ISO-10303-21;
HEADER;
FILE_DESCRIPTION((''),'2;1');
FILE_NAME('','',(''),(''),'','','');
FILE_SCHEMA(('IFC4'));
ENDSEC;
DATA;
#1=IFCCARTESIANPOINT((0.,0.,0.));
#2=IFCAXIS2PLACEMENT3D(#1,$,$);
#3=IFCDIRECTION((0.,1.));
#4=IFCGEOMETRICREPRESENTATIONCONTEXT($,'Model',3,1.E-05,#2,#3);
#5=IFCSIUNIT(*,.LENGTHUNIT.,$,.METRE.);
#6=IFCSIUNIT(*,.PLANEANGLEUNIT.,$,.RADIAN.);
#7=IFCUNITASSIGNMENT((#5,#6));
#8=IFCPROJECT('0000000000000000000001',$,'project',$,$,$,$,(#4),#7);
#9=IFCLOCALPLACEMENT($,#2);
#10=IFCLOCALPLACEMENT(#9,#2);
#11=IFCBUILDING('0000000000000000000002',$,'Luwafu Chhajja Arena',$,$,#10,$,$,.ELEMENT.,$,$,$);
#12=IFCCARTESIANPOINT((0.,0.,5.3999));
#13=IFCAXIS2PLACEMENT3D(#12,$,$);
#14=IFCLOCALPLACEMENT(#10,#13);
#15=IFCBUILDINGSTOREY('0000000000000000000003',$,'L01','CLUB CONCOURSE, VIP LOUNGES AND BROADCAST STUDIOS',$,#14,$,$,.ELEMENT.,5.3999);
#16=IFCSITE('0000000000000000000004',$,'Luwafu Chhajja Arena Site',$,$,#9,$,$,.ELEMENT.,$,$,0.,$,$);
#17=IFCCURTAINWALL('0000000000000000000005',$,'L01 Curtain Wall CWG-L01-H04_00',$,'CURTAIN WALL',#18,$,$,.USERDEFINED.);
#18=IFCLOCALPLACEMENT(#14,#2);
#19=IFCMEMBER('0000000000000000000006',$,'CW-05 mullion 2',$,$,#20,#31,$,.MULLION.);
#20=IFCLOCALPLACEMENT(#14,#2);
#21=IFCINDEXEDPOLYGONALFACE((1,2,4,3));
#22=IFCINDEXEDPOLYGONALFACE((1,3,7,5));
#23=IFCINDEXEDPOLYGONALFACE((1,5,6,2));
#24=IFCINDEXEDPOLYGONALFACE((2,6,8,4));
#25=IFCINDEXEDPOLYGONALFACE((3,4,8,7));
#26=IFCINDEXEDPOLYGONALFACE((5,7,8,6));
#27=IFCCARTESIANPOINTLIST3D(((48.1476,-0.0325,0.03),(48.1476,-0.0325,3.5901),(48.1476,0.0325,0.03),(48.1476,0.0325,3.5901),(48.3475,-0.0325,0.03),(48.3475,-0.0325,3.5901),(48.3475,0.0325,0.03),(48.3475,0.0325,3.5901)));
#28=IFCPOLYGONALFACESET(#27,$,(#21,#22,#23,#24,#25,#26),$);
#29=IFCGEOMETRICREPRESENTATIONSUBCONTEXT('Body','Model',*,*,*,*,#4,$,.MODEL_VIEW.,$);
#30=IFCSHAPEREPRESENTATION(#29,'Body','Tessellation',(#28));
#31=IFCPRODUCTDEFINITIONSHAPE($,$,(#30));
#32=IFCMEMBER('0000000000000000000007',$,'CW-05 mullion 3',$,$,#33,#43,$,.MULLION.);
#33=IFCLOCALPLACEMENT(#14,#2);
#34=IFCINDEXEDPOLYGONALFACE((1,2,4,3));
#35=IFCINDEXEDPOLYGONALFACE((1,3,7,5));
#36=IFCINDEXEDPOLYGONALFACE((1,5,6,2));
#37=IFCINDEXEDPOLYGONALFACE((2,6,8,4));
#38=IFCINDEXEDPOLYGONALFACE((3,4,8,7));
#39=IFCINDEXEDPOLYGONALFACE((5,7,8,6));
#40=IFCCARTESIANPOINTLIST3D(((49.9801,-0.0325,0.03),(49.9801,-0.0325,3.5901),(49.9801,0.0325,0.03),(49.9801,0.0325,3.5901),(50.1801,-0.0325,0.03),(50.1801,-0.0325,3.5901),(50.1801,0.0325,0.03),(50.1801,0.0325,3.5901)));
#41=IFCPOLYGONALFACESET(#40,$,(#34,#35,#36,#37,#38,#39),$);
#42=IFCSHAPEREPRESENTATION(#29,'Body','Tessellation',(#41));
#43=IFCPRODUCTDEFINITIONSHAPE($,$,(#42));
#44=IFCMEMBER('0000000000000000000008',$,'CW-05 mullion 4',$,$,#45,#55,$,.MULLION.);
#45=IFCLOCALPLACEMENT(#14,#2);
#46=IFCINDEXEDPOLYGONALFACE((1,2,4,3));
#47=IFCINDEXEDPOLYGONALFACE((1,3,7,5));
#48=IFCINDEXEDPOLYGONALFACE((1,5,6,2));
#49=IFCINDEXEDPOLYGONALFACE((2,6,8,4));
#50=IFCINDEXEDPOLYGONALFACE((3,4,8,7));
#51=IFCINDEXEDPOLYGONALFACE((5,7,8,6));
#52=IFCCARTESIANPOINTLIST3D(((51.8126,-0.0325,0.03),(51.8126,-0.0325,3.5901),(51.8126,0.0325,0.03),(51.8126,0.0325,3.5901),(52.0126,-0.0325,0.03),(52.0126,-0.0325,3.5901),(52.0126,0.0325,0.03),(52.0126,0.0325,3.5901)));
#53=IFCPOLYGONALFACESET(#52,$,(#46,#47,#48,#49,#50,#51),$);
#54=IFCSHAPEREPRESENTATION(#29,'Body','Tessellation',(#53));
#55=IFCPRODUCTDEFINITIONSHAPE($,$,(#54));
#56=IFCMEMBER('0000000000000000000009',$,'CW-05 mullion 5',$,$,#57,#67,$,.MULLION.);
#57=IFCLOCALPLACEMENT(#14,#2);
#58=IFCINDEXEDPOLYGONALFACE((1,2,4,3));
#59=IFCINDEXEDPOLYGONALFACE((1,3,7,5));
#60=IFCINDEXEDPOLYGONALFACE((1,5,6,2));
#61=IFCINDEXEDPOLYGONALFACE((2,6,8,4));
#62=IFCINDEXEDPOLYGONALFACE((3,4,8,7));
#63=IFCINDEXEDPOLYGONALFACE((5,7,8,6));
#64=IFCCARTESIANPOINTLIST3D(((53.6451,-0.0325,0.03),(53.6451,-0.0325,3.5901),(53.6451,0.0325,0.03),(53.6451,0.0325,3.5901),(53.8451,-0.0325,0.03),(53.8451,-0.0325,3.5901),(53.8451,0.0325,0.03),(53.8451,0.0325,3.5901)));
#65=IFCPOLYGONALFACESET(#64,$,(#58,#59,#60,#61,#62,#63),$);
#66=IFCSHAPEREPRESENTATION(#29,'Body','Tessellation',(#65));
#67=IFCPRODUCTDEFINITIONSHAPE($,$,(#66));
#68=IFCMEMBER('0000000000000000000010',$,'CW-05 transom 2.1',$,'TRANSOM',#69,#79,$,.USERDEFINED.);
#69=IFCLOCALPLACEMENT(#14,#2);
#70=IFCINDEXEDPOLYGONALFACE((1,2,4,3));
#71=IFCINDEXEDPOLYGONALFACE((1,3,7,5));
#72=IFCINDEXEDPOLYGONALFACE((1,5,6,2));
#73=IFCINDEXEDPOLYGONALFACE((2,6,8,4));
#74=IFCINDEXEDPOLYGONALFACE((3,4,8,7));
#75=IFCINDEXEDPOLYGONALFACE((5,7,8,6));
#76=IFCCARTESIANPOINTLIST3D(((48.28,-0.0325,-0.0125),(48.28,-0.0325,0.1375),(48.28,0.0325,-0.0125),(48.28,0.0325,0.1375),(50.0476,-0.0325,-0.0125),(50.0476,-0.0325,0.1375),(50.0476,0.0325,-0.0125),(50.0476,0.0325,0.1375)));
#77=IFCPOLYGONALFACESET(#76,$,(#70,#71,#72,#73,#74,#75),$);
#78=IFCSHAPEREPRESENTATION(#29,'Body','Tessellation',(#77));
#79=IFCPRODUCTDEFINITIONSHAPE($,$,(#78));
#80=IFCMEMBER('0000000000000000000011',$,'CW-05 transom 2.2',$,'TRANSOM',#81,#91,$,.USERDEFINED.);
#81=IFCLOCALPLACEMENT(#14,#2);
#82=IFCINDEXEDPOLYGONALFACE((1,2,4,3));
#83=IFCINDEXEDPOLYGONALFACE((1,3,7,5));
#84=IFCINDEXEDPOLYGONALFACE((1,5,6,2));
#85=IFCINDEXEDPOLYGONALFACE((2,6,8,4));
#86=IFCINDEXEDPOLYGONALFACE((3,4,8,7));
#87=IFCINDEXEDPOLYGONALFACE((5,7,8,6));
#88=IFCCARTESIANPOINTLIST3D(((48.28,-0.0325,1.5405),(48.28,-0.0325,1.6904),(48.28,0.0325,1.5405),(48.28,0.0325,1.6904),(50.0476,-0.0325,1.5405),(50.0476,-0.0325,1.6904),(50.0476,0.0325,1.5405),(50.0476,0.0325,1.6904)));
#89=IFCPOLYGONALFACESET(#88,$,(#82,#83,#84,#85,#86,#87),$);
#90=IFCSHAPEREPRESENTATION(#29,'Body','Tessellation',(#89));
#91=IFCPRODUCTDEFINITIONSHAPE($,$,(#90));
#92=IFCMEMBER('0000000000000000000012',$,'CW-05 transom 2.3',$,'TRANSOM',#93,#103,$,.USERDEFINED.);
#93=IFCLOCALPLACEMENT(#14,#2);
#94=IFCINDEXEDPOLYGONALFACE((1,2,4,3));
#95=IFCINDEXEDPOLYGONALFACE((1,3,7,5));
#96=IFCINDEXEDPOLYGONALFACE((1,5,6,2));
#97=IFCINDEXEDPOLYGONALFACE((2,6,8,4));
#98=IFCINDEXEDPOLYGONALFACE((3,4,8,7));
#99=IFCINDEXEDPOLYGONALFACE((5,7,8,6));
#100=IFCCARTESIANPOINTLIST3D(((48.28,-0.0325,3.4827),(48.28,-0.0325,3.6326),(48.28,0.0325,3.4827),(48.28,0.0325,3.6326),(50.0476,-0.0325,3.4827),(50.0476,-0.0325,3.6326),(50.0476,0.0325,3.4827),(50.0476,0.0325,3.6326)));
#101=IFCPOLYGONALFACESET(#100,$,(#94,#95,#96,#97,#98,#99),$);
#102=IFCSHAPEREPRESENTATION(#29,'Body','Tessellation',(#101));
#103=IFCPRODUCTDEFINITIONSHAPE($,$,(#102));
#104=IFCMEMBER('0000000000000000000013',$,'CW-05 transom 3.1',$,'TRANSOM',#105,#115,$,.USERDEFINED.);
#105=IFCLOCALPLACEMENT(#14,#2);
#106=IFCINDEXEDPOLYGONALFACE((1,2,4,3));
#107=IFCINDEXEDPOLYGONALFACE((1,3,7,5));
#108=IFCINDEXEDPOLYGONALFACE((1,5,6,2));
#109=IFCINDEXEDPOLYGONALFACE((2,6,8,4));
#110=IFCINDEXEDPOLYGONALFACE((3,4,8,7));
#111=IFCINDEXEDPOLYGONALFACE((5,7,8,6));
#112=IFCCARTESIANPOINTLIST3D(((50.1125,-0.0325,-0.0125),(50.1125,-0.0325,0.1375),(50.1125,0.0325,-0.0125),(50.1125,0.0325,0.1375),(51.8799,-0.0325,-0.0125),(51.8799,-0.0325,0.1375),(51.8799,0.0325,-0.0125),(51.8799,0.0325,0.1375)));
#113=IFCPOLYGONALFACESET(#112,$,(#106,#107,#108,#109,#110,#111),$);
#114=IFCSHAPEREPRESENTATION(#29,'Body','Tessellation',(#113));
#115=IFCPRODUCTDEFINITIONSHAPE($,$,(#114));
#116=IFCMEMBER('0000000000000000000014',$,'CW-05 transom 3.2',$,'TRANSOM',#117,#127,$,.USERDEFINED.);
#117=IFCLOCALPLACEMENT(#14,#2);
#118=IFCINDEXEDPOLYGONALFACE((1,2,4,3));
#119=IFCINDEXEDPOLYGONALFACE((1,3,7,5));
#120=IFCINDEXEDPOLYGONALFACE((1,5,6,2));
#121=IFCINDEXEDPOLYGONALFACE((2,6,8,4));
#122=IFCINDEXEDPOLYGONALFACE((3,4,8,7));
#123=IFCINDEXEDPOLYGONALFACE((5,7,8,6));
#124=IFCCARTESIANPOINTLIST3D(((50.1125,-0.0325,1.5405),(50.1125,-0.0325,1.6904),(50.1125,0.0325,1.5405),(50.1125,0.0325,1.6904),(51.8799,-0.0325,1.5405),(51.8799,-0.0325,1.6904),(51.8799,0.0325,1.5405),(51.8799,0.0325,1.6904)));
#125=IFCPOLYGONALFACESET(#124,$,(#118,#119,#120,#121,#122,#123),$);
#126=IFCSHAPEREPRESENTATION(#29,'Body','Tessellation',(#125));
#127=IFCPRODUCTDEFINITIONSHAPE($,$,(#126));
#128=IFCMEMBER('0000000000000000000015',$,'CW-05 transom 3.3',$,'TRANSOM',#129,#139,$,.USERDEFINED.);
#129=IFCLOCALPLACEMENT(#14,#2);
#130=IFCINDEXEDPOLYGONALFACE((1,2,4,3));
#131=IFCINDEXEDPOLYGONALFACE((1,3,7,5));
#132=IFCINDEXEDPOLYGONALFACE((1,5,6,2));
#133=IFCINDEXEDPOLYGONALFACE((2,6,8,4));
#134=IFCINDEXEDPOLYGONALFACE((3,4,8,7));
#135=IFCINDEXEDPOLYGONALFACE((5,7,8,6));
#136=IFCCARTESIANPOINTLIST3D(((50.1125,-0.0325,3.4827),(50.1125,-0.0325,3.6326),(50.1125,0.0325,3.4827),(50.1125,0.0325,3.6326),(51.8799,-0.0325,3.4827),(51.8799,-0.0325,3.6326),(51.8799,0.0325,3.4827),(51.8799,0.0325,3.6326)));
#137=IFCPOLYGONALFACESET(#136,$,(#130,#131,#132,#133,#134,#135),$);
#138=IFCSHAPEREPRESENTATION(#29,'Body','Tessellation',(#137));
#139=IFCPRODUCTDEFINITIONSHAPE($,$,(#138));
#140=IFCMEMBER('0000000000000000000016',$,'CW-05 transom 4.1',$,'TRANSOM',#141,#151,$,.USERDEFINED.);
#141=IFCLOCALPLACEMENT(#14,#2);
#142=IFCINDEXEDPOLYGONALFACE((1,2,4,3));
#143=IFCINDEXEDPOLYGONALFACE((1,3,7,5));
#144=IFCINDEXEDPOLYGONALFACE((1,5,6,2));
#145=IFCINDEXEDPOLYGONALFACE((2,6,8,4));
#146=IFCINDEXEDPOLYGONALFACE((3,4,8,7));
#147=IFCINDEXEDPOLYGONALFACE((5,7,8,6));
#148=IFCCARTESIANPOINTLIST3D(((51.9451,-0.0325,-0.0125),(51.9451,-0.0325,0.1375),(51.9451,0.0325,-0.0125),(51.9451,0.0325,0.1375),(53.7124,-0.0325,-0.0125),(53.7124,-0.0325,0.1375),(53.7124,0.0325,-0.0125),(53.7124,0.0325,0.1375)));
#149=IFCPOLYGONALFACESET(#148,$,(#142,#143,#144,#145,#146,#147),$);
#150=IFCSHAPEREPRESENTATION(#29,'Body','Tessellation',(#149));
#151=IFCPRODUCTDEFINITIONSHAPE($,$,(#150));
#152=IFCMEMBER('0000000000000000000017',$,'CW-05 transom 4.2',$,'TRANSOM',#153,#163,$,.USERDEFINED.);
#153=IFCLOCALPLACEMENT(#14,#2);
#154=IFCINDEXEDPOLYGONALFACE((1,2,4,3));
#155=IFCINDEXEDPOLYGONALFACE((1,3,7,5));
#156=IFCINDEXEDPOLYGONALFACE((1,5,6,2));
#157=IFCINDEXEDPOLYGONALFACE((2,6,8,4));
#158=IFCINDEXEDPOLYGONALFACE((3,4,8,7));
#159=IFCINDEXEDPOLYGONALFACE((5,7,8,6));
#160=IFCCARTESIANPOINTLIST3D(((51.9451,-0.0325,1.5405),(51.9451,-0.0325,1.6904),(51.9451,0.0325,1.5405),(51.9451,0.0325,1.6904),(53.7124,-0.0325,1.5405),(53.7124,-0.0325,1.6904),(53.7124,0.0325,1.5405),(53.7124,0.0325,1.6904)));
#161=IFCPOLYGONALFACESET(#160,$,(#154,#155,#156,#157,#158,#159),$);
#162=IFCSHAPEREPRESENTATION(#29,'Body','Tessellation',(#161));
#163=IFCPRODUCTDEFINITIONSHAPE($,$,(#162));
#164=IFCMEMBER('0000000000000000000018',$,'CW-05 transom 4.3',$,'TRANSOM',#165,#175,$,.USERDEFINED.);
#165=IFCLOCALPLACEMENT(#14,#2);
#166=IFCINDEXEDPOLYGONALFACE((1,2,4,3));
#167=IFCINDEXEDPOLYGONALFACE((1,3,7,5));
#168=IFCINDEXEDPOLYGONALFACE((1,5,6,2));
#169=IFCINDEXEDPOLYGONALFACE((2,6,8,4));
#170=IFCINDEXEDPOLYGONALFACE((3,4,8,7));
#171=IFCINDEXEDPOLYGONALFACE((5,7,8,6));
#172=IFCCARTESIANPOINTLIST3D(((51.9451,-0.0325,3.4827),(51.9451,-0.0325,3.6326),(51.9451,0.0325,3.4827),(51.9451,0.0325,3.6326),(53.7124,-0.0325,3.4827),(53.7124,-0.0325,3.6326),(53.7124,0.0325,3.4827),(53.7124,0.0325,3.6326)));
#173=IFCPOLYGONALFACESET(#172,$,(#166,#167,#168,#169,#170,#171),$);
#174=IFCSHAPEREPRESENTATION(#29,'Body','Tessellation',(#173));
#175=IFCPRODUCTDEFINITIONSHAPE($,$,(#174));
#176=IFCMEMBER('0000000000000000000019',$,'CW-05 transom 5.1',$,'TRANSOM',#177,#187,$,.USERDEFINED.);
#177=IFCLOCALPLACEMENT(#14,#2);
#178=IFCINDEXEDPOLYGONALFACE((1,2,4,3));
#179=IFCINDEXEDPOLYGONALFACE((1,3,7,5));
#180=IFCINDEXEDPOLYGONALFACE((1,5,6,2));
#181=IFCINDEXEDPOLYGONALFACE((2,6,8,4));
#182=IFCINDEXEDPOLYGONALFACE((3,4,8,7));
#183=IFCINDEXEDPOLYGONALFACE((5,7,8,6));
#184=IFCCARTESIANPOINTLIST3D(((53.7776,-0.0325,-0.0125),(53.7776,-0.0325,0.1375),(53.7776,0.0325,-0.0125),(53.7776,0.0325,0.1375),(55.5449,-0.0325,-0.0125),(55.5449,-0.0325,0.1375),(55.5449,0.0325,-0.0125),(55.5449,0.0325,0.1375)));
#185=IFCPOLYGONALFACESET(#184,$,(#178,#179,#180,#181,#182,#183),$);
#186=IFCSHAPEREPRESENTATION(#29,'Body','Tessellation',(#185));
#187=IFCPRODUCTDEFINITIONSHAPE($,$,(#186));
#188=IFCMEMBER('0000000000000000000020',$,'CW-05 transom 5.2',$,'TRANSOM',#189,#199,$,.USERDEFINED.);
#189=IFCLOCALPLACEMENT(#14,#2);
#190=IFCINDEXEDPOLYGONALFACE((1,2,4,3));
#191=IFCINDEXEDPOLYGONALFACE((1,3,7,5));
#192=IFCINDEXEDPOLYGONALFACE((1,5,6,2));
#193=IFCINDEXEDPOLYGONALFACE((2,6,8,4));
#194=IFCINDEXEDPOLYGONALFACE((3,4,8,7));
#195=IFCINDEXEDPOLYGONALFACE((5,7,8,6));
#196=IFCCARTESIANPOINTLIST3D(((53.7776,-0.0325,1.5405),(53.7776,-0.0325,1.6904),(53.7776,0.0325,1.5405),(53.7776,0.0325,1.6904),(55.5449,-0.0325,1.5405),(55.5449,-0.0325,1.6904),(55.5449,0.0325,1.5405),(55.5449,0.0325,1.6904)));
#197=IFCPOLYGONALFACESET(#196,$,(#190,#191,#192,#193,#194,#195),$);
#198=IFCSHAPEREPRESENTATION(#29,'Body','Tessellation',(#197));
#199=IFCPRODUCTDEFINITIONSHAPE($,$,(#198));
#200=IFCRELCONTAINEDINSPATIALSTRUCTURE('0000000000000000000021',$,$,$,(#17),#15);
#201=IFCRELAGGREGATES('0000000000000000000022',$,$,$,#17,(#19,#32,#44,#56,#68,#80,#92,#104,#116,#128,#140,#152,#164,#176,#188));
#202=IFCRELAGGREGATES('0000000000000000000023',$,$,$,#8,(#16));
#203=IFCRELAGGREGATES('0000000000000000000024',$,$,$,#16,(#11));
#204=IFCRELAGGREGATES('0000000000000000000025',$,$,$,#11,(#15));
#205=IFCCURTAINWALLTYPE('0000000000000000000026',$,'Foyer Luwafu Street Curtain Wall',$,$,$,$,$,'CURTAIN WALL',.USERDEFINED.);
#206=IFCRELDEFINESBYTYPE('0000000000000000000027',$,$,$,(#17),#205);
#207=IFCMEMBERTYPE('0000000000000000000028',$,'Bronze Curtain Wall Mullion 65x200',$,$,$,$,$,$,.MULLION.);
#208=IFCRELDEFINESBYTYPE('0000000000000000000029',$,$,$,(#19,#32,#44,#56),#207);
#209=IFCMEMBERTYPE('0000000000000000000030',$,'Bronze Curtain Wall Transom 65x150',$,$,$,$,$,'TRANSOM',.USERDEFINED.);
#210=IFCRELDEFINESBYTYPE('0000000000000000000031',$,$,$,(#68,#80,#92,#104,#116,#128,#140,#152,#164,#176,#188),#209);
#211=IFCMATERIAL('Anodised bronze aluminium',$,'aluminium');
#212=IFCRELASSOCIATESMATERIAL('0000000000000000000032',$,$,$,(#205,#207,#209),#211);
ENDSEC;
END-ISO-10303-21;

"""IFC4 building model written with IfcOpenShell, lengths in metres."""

from ifc_helpers import new_model, si_unit, direction, frame, origin, origin_2d, place, context, subcontext, project, spatial, rectangle, extrude, material, material_profile, profile_set, type_object, element, aggregate, save


model = new_model("IFC4")

# Units and contexts
model_context = context("Model", 3, precision=1e-05, world=origin(), true_north=direction((0.0, 1.0)))
body_context = subcontext(model_context, "Body", "Model", "MODEL_VIEW")
ifc_project = project(units=[si_unit("LENGTHUNIT", "METRE"), si_unit("PLANEANGLEUNIT", "RADIAN")], contexts=[model_context])

# Site, building, storey
site_placement = place(None, origin())
site = spatial("IfcSite", under=ifc_project, at=site_placement, Name="Luwafu Chhajja Arena Site", CompositionType="ELEMENT", RefElevation=0.0)
building_placement = place(site_placement, origin())
building = spatial("IfcBuilding", under=site, at=building_placement, Name="Luwafu Chhajja Arena", CompositionType="ELEMENT")
storey_placement = place(building_placement, frame((0.0, 0.0, 5.3999)))
storey = spatial("IfcBuildingStorey", under=building, at=storey_placement, Name="L01", Description="CLUB CONCOURSE, VIP LOUNGES AND BROADCAST STUDIOS", CompositionType="ELEMENT", Elevation=5.3999)

# Curtain wall, members
ifc_material_1 = material(Name="Anodised bronze aluminium", Category="aluminium")
curtain_wall_type = type_object("IfcCurtainWallType", Name="Foyer Luwafu Street Curtain Wall", ElementType="CURTAIN WALL", PredefinedType="USERDEFINED", material=ifc_material_1)
curtain_wall_placement = place(storey_placement, origin())
curtain_wall = element("IfcCurtainWall", 1, at=curtain_wall_placement, inside=storey, type_object=curtain_wall_type, Name="L01 Curtain Wall CWG-L01-H04_00", ObjectType="CURTAIN WALL", PredefinedType="USERDEFINED")
ifc_material_profile_1 = material_profile(ifc_material_1, rectangle(XDim=0.0649, YDim=0.2, at=origin_2d()), Name="CWM 65x200")
ifc_profile_set_1 = profile_set([ifc_material_profile_1], Name="Anodised bronze aluminium")
member_type_1 = type_object("IfcMemberType", Name="Bronze Curtain Wall Mullion 65x200", PredefinedType="MULLION", material=ifc_profile_set_1)
member_1_placement = place(storey_placement, frame((48.2476, 0.0, 0.03), z_axis=(0.0, 0.0, 1.0), x_axis=(0.0, 1.0, 0.0)))
member_1 = element("IfcMember", 2, at=member_1_placement, type_object=member_type_1, Name="CW-05 mullion 2", PredefinedType="MULLION", context=body_context, shape_type="SweptSolid", body=[
    extrude(rectangle(XDim=0.0649, YDim=0.2, at=origin_2d()), origin(), (0.0, 0.0, 1.0), 3.5601),
])
member_2_placement = place(storey_placement, frame((50.0801, 0.0, 0.03), z_axis=(0.0, 0.0, 1.0), x_axis=(0.0, 1.0, 0.0)))
member_2 = element("IfcMember", 3, at=member_2_placement, type_object=member_type_1, Name="CW-05 mullion 3", PredefinedType="MULLION", context=body_context, shape_type="SweptSolid", body=[
    extrude(rectangle(XDim=0.0649, YDim=0.2, at=origin_2d()), origin(), (0.0, 0.0, 1.0), 3.5601),
])
member_3_placement = place(storey_placement, frame((51.9126, 0.0, 0.03), z_axis=(0.0, 0.0, 1.0), x_axis=(0.0, 1.0, 0.0)))
member_3 = element("IfcMember", 4, at=member_3_placement, type_object=member_type_1, Name="CW-05 mullion 4", PredefinedType="MULLION", context=body_context, shape_type="SweptSolid", body=[
    extrude(rectangle(XDim=0.0649, YDim=0.2, at=origin_2d()), origin(), (0.0, 0.0, 1.0), 3.5601),
])
member_4_placement = place(storey_placement, frame((53.7451, 0.0, 0.03), z_axis=(0.0, 0.0, 1.0), x_axis=(0.0, 1.0, 0.0)))
member_4 = element("IfcMember", 5, at=member_4_placement, type_object=member_type_1, Name="CW-05 mullion 5", PredefinedType="MULLION", context=body_context, shape_type="SweptSolid", body=[
    extrude(rectangle(XDim=0.0649, YDim=0.2, at=origin_2d()), origin(), (0.0, 0.0, 1.0), 3.5601),
])
ifc_material_profile_2 = material_profile(ifc_material_1, rectangle(XDim=0.0649, YDim=0.1499, at=origin_2d()), Name="CWT 65x150")
ifc_profile_set_2 = profile_set([ifc_material_profile_2], Name="Anodised bronze aluminium")
member_type_2 = type_object("IfcMemberType", Name="Bronze Curtain Wall Transom 65x150", ElementType="TRANSOM", PredefinedType="USERDEFINED", material=ifc_profile_set_2)
member_5_placement = place(storey_placement, frame((48.28, 0.0, 0.0625), z_axis=(1.0, 0.0, 0.0), x_axis=(0.0, 1.0, 0.0)))
member_5 = element("IfcMember", 6, at=member_5_placement, type_object=member_type_2, Name="CW-05 transom 2.1", ObjectType="TRANSOM", PredefinedType="USERDEFINED", context=body_context, shape_type="SweptSolid", body=[
    extrude(rectangle(XDim=0.0649, YDim=0.1499, at=origin_2d()), origin(), (0.0, 0.0, 1.0), 1.7676),
])
member_6_placement = place(storey_placement, frame((48.28, 0.0, 1.6155), z_axis=(1.0, 0.0, 0.0), x_axis=(0.0, 1.0, 0.0)))
member_6 = element("IfcMember", 7, at=member_6_placement, type_object=member_type_2, Name="CW-05 transom 2.2", ObjectType="TRANSOM", PredefinedType="USERDEFINED", context=body_context, shape_type="SweptSolid", body=[
    extrude(rectangle(XDim=0.0649, YDim=0.1499, at=origin_2d()), origin(), (0.0, 0.0, 1.0), 1.7676),
])
member_7_placement = place(storey_placement, frame((48.28, 0.0, 3.5576), z_axis=(1.0, 0.0, 0.0), x_axis=(0.0, 1.0, 0.0)))
member_7 = element("IfcMember", 8, at=member_7_placement, type_object=member_type_2, Name="CW-05 transom 2.3", ObjectType="TRANSOM", PredefinedType="USERDEFINED", context=body_context, shape_type="SweptSolid", body=[
    extrude(rectangle(XDim=0.0649, YDim=0.1499, at=origin_2d()), origin(), (0.0, 0.0, 1.0), 1.7676),
])
member_8_placement = place(storey_placement, frame((50.1125, 0.0, 0.0625), z_axis=(1.0, 0.0, 0.0), x_axis=(0.0, 1.0, 0.0)))
member_8 = element("IfcMember", 9, at=member_8_placement, type_object=member_type_2, Name="CW-05 transom 3.1", ObjectType="TRANSOM", PredefinedType="USERDEFINED", context=body_context, shape_type="SweptSolid", body=[
    extrude(rectangle(XDim=0.0649, YDim=0.1499, at=origin_2d()), origin(), (0.0, 0.0, 1.0), 1.7673),
])
member_9_placement = place(storey_placement, frame((50.1125, 0.0, 1.6155), z_axis=(1.0, 0.0, 0.0), x_axis=(0.0, 1.0, 0.0)))
member_9 = element("IfcMember", 10, at=member_9_placement, type_object=member_type_2, Name="CW-05 transom 3.2", ObjectType="TRANSOM", PredefinedType="USERDEFINED", context=body_context, shape_type="SweptSolid", body=[
    extrude(rectangle(XDim=0.0649, YDim=0.1499, at=origin_2d()), origin(), (0.0, 0.0, 1.0), 1.7673),
])
member_10_placement = place(storey_placement, frame((50.1125, 0.0, 3.5576), z_axis=(1.0, 0.0, 0.0), x_axis=(0.0, 1.0, 0.0)))
member_10 = element("IfcMember", 11, at=member_10_placement, type_object=member_type_2, Name="CW-05 transom 3.3", ObjectType="TRANSOM", PredefinedType="USERDEFINED", context=body_context, shape_type="SweptSolid", body=[
    extrude(rectangle(XDim=0.0649, YDim=0.1499, at=origin_2d()), origin(), (0.0, 0.0, 1.0), 1.7673),
])
member_11_placement = place(storey_placement, frame((51.9451, 0.0, 0.0625), z_axis=(1.0, 0.0, 0.0), x_axis=(0.0, 1.0, 0.0)))
member_11 = element("IfcMember", 12, at=member_11_placement, type_object=member_type_2, Name="CW-05 transom 4.1", ObjectType="TRANSOM", PredefinedType="USERDEFINED", context=body_context, shape_type="SweptSolid", body=[
    extrude(rectangle(XDim=0.0649, YDim=0.1499, at=origin_2d()), origin(), (0.0, 0.0, 1.0), 1.7673),
])
member_12_placement = place(storey_placement, frame((51.9451, 0.0, 1.6155), z_axis=(1.0, 0.0, 0.0), x_axis=(0.0, 1.0, 0.0)))
member_12 = element("IfcMember", 13, at=member_12_placement, type_object=member_type_2, Name="CW-05 transom 4.2", ObjectType="TRANSOM", PredefinedType="USERDEFINED", context=body_context, shape_type="SweptSolid", body=[
    extrude(rectangle(XDim=0.0649, YDim=0.1499, at=origin_2d()), origin(), (0.0, 0.0, 1.0), 1.7673),
])
member_13_placement = place(storey_placement, frame((51.9451, 0.0, 3.5576), z_axis=(1.0, 0.0, 0.0), x_axis=(0.0, 1.0, 0.0)))
member_13 = element("IfcMember", 14, at=member_13_placement, type_object=member_type_2, Name="CW-05 transom 4.3", ObjectType="TRANSOM", PredefinedType="USERDEFINED", context=body_context, shape_type="SweptSolid", body=[
    extrude(rectangle(XDim=0.0649, YDim=0.1499, at=origin_2d()), origin(), (0.0, 0.0, 1.0), 1.7673),
])
member_14_placement = place(storey_placement, frame((53.7776, 0.0, 0.0625), z_axis=(1.0, 0.0, 0.0), x_axis=(0.0, 1.0, 0.0)))
member_14 = element("IfcMember", 15, at=member_14_placement, type_object=member_type_2, Name="CW-05 transom 5.1", ObjectType="TRANSOM", PredefinedType="USERDEFINED", context=body_context, shape_type="SweptSolid", body=[
    extrude(rectangle(XDim=0.0649, YDim=0.1499, at=origin_2d()), origin(), (0.0, 0.0, 1.0), 1.7673),
])
member_15_placement = place(storey_placement, frame((53.7776, 0.0, 1.6155), z_axis=(1.0, 0.0, 0.0), x_axis=(0.0, 1.0, 0.0)))
member_15 = element("IfcMember", 16, at=member_15_placement, type_object=member_type_2, Name="CW-05 transom 5.2", ObjectType="TRANSOM", PredefinedType="USERDEFINED", context=body_context, shape_type="SweptSolid", body=[
    extrude(rectangle(XDim=0.0649, YDim=0.1499, at=origin_2d()), origin(), (0.0, 0.0, 1.0), 1.7673),
])
aggregate(curtain_wall, [member_1, member_2, member_3, member_4, member_5, member_6, member_7, member_8, member_9, member_10, member_11, member_12, member_13, member_14, member_15])

save(model, "model.ifc")
